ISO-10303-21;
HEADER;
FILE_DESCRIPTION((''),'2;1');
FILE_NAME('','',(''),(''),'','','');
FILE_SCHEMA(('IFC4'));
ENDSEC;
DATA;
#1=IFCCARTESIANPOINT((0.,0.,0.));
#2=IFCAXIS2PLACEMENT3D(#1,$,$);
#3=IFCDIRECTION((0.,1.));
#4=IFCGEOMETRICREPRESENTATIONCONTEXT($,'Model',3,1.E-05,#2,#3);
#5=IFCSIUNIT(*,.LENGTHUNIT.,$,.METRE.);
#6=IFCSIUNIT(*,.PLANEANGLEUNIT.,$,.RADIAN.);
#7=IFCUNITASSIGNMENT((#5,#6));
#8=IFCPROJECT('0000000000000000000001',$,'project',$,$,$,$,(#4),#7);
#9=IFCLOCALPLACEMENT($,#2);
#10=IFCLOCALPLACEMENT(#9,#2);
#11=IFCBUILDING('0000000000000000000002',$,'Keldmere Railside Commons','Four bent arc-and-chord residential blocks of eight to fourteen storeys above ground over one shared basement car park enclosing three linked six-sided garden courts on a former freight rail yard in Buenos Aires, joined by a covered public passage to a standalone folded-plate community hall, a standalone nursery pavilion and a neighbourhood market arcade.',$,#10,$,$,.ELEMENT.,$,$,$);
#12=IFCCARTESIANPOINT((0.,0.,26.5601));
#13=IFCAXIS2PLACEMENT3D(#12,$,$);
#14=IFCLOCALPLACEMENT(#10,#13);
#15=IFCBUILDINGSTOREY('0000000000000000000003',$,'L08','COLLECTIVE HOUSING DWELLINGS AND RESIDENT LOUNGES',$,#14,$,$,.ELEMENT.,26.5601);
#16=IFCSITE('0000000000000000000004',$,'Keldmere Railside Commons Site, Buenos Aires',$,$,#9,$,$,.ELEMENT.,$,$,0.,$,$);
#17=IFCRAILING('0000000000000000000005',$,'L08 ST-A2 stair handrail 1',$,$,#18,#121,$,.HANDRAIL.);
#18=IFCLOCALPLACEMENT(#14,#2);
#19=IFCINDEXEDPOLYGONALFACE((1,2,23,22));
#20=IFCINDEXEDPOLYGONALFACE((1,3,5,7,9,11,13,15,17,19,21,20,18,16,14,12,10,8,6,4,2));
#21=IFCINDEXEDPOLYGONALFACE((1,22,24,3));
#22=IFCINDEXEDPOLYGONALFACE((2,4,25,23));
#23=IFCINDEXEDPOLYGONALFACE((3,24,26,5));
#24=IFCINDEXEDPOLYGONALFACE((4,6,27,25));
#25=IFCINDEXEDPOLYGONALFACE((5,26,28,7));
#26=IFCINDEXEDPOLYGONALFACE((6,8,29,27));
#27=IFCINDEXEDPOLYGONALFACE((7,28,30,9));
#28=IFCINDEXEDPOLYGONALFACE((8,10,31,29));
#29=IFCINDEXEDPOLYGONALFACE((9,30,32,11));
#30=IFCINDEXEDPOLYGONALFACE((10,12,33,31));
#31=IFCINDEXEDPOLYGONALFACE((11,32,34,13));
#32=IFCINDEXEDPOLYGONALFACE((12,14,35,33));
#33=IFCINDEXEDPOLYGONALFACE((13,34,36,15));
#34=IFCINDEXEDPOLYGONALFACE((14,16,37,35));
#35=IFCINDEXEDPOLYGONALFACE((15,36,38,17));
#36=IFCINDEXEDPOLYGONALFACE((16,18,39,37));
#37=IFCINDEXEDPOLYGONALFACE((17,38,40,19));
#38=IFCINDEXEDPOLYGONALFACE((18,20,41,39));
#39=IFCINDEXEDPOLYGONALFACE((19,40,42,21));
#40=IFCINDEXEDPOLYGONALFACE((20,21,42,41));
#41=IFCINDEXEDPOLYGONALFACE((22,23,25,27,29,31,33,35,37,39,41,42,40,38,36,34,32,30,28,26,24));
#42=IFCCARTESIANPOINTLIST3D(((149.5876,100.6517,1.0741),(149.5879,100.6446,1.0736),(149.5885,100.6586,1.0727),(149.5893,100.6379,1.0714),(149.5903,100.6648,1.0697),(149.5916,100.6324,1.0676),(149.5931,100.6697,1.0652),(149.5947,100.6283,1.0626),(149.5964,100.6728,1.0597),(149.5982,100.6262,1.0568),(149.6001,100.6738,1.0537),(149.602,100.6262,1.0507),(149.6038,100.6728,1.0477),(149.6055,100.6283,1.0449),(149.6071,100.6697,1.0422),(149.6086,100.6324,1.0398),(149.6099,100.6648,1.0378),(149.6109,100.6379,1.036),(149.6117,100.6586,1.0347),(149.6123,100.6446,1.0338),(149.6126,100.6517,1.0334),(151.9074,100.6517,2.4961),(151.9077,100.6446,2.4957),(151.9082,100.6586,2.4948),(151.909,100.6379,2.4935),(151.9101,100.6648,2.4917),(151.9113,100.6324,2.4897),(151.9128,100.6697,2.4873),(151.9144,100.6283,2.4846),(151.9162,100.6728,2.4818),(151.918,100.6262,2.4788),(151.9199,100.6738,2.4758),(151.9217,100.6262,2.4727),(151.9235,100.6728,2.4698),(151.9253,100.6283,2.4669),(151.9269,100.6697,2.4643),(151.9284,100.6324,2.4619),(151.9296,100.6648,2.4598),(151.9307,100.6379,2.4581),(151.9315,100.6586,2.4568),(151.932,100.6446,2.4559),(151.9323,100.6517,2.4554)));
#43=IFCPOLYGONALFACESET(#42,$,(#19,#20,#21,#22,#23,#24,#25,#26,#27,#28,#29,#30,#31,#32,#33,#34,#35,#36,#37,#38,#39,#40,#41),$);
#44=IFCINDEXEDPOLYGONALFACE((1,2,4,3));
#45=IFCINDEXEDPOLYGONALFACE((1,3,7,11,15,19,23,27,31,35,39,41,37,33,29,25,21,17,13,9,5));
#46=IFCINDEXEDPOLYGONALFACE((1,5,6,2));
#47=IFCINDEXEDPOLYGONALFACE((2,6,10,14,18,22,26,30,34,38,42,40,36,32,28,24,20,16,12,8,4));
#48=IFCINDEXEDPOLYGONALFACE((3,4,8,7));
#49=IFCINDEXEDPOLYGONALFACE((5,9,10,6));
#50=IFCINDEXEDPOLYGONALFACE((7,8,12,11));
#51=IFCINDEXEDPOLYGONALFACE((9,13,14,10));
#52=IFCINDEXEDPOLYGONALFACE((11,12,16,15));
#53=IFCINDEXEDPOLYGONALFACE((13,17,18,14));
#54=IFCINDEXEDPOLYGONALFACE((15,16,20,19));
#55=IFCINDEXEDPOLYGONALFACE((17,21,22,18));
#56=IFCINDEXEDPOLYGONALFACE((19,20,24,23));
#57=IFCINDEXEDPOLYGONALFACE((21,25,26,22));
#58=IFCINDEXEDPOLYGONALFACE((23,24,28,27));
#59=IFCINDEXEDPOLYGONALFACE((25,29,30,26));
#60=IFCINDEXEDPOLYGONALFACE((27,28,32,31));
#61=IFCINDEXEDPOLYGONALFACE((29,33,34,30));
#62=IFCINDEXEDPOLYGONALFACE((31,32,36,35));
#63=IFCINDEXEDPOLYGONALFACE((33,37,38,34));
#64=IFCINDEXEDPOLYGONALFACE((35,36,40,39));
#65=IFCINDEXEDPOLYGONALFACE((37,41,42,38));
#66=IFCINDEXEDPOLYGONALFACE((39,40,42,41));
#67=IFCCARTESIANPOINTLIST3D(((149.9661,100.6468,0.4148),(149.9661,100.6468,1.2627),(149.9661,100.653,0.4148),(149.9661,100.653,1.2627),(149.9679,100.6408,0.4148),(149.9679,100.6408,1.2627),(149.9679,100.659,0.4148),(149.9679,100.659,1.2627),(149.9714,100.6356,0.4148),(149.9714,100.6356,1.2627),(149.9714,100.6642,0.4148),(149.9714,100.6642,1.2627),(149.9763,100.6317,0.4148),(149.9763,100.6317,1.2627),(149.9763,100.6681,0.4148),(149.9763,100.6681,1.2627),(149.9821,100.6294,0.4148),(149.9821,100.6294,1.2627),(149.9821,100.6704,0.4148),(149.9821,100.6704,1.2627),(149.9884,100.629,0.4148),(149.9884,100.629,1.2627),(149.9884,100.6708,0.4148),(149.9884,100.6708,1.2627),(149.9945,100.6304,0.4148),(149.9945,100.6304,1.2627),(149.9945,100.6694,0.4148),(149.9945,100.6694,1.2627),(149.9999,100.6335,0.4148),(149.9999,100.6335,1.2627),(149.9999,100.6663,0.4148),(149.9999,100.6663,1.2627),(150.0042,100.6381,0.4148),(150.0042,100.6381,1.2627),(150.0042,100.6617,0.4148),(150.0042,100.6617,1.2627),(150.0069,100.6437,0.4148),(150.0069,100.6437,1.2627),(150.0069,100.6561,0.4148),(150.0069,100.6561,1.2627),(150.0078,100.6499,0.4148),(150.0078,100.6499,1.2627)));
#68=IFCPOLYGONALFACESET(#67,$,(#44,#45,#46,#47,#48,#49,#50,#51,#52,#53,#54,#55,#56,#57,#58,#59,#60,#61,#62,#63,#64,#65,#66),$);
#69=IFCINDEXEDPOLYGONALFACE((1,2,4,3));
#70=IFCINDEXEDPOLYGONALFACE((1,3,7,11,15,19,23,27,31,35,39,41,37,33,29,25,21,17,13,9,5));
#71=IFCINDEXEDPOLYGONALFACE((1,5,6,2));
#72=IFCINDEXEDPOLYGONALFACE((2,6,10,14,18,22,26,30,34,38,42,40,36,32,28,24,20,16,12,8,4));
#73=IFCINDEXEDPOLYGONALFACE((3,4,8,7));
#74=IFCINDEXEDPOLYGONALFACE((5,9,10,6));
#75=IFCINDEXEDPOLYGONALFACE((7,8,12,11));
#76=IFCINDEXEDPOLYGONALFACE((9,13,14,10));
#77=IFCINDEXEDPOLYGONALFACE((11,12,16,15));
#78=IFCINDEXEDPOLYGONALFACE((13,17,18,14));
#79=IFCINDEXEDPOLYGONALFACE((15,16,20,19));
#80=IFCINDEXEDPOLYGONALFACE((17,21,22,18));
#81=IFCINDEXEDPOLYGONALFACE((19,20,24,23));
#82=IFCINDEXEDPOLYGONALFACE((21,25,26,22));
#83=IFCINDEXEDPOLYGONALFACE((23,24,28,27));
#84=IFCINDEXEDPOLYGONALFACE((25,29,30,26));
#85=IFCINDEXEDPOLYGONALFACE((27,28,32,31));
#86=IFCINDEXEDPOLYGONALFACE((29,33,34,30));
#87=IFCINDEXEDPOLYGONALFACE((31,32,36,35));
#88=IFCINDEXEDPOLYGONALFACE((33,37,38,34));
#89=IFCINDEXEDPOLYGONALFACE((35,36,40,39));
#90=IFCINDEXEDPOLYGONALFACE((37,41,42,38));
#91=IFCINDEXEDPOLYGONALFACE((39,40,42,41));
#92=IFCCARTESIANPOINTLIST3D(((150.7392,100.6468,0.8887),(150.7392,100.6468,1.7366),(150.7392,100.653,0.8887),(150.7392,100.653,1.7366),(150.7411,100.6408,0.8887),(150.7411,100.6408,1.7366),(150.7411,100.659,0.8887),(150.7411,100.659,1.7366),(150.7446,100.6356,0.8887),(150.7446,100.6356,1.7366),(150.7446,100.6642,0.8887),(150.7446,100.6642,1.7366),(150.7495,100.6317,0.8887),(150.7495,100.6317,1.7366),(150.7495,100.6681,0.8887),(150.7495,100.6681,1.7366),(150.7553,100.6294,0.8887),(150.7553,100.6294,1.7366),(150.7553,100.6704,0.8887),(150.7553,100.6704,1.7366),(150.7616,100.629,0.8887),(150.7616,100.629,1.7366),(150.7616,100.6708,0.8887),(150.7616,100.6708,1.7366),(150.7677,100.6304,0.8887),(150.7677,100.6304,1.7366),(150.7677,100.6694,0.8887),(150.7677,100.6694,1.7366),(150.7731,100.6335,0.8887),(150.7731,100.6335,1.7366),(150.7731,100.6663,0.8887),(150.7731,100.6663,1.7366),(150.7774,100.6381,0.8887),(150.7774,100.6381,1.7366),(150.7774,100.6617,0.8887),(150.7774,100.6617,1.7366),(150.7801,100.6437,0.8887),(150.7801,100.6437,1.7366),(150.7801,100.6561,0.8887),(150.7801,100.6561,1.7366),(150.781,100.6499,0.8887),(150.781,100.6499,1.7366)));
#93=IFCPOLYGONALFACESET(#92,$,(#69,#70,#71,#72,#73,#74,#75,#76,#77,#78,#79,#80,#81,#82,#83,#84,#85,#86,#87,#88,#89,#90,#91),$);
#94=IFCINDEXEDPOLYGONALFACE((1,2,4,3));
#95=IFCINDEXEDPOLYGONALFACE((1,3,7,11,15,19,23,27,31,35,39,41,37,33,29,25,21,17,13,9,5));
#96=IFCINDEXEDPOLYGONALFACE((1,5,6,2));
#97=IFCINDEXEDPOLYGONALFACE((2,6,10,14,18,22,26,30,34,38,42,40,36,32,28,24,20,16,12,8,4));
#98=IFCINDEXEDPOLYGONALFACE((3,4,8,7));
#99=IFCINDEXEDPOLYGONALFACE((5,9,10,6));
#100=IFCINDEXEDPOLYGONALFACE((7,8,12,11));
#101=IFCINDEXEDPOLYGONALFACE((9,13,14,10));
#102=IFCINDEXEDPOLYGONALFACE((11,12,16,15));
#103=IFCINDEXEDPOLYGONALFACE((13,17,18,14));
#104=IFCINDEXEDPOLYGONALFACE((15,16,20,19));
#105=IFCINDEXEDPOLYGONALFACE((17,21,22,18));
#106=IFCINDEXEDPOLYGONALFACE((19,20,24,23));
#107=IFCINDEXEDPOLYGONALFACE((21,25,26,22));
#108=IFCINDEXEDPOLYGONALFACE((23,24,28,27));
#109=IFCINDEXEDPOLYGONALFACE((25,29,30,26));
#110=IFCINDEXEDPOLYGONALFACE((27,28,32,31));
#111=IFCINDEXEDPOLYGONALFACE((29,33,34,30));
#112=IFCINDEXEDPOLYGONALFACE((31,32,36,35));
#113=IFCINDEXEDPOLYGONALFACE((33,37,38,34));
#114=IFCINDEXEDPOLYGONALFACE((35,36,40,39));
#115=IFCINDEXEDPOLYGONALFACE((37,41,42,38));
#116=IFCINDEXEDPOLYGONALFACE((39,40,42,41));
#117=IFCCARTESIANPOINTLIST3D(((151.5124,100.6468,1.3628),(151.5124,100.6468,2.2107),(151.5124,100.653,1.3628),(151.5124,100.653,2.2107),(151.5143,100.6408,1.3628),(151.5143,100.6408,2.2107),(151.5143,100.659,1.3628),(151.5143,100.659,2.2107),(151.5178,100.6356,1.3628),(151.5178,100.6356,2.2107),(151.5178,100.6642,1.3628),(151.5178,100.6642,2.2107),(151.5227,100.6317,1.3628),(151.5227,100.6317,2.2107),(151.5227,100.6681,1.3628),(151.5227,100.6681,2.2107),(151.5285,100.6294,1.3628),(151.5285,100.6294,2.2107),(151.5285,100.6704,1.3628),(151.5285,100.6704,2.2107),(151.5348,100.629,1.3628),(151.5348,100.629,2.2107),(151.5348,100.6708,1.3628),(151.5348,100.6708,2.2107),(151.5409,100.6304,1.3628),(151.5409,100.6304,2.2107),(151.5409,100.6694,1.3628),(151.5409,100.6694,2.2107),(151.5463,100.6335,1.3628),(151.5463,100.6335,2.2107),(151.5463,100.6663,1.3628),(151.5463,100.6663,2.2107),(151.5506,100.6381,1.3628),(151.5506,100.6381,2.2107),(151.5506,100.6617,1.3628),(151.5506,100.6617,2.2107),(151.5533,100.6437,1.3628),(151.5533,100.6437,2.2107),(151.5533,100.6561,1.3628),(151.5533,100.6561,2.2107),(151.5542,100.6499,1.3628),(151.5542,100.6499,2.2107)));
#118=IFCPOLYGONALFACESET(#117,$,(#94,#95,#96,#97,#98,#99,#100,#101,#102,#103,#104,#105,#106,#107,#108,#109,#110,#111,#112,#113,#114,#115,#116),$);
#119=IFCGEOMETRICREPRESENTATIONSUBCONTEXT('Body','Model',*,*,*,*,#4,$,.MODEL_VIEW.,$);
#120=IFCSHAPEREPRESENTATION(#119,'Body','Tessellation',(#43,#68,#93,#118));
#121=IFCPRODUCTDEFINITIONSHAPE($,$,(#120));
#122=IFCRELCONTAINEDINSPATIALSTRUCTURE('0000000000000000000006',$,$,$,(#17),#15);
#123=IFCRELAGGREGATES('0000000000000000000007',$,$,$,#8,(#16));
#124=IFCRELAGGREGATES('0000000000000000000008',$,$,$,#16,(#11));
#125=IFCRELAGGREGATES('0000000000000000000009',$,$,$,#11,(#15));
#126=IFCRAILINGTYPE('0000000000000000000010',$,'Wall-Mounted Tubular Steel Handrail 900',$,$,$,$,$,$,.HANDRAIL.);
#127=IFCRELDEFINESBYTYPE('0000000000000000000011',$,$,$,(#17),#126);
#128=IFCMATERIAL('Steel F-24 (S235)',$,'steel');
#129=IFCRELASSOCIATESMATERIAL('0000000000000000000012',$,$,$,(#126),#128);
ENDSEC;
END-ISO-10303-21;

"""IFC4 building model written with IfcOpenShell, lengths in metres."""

from ifc_helpers import new_model, si_unit, direction, frame, origin, origin_2d, place, context, subcontext, project, spatial, circle, extrude, material, type_object, element, save


model = new_model("IFC4")

# Units and contexts
model_context = context("Model", 3, precision=1e-05, world=origin(), true_north=direction((0.0, 1.0)))
body_context = subcontext(model_context, "Body", "Model", "MODEL_VIEW")
ifc_project = project(units=[si_unit("LENGTHUNIT", "METRE"), si_unit("PLANEANGLEUNIT", "RADIAN")], contexts=[model_context])

# Site, building, storey
site_placement = place(None, origin())
site = spatial("IfcSite", under=ifc_project, at=site_placement, Name="Keldmere Railside Commons Site, Buenos Aires", CompositionType="ELEMENT", RefElevation=0.0)
building_placement = place(site_placement, origin())
building = spatial("IfcBuilding", under=site, at=building_placement, Name="Keldmere Railside Commons", Description="Four bent arc-and-chord residential blocks of eight to fourteen storeys above ground over one shared basement car park enclosing three linked six-sided garden courts on a former freight rail yard in Buenos Aires, joined by a covered public passage to a standalone folded-plate community hall, a standalone nursery pavilion and a neighbourhood market arcade.", CompositionType="ELEMENT")
storey_placement = place(building_placement, frame((0.0, 0.0, 26.5601)))
storey = spatial("IfcBuildingStorey", under=building, at=storey_placement, Name="L08", Description="COLLECTIVE HOUSING DWELLINGS AND RESIDENT LOUNGES", CompositionType="ELEMENT", Elevation=26.5601)

# Railing
ifc_material_1 = material(Name="Steel F-24 (S235)", Category="steel")
railing_type_1 = type_object("IfcRailingType", Name="Wall-Mounted Tubular Steel Handrail 900", PredefinedType="HANDRAIL", material=ifc_material_1)
railing_1_placement = place(storey_placement, frame((149.6001, 100.6499, 0.1777)))
element("IfcRailing", 1, at=railing_1_placement, inside=storey, type_object=railing_type_1, Name="L08 ST-A2 stair handrail 1", PredefinedType="HANDRAIL", context=body_context, shape_type="SweptSolid", body=[
    extrude(circle(Radius=0.0239, at=origin_2d()), frame((0.0, 0.0, 0.876), z_axis=(0.852554, 0.0, 0.52264), x_axis=(0.0, 1.0, 0.0)), (0.0, 0.0, 1.0), 2.7209),
    extrude(circle(Radius=0.021, at=origin_2d()), frame((0.3867, 0.0, 0.2371)), (0.0, 0.0, 1.0), 0.8479),
    extrude(circle(Radius=0.021, at=origin_2d()), frame((1.1599, 0.0, 0.7109)), (0.0, 0.0, 1.0), 0.8479),
    extrude(circle(Radius=0.021, at=origin_2d()), frame((1.9331, 0.0, 1.1851)), (0.0, 0.0, 1.0), 0.8479),
])

save(model, "model.ifc")
